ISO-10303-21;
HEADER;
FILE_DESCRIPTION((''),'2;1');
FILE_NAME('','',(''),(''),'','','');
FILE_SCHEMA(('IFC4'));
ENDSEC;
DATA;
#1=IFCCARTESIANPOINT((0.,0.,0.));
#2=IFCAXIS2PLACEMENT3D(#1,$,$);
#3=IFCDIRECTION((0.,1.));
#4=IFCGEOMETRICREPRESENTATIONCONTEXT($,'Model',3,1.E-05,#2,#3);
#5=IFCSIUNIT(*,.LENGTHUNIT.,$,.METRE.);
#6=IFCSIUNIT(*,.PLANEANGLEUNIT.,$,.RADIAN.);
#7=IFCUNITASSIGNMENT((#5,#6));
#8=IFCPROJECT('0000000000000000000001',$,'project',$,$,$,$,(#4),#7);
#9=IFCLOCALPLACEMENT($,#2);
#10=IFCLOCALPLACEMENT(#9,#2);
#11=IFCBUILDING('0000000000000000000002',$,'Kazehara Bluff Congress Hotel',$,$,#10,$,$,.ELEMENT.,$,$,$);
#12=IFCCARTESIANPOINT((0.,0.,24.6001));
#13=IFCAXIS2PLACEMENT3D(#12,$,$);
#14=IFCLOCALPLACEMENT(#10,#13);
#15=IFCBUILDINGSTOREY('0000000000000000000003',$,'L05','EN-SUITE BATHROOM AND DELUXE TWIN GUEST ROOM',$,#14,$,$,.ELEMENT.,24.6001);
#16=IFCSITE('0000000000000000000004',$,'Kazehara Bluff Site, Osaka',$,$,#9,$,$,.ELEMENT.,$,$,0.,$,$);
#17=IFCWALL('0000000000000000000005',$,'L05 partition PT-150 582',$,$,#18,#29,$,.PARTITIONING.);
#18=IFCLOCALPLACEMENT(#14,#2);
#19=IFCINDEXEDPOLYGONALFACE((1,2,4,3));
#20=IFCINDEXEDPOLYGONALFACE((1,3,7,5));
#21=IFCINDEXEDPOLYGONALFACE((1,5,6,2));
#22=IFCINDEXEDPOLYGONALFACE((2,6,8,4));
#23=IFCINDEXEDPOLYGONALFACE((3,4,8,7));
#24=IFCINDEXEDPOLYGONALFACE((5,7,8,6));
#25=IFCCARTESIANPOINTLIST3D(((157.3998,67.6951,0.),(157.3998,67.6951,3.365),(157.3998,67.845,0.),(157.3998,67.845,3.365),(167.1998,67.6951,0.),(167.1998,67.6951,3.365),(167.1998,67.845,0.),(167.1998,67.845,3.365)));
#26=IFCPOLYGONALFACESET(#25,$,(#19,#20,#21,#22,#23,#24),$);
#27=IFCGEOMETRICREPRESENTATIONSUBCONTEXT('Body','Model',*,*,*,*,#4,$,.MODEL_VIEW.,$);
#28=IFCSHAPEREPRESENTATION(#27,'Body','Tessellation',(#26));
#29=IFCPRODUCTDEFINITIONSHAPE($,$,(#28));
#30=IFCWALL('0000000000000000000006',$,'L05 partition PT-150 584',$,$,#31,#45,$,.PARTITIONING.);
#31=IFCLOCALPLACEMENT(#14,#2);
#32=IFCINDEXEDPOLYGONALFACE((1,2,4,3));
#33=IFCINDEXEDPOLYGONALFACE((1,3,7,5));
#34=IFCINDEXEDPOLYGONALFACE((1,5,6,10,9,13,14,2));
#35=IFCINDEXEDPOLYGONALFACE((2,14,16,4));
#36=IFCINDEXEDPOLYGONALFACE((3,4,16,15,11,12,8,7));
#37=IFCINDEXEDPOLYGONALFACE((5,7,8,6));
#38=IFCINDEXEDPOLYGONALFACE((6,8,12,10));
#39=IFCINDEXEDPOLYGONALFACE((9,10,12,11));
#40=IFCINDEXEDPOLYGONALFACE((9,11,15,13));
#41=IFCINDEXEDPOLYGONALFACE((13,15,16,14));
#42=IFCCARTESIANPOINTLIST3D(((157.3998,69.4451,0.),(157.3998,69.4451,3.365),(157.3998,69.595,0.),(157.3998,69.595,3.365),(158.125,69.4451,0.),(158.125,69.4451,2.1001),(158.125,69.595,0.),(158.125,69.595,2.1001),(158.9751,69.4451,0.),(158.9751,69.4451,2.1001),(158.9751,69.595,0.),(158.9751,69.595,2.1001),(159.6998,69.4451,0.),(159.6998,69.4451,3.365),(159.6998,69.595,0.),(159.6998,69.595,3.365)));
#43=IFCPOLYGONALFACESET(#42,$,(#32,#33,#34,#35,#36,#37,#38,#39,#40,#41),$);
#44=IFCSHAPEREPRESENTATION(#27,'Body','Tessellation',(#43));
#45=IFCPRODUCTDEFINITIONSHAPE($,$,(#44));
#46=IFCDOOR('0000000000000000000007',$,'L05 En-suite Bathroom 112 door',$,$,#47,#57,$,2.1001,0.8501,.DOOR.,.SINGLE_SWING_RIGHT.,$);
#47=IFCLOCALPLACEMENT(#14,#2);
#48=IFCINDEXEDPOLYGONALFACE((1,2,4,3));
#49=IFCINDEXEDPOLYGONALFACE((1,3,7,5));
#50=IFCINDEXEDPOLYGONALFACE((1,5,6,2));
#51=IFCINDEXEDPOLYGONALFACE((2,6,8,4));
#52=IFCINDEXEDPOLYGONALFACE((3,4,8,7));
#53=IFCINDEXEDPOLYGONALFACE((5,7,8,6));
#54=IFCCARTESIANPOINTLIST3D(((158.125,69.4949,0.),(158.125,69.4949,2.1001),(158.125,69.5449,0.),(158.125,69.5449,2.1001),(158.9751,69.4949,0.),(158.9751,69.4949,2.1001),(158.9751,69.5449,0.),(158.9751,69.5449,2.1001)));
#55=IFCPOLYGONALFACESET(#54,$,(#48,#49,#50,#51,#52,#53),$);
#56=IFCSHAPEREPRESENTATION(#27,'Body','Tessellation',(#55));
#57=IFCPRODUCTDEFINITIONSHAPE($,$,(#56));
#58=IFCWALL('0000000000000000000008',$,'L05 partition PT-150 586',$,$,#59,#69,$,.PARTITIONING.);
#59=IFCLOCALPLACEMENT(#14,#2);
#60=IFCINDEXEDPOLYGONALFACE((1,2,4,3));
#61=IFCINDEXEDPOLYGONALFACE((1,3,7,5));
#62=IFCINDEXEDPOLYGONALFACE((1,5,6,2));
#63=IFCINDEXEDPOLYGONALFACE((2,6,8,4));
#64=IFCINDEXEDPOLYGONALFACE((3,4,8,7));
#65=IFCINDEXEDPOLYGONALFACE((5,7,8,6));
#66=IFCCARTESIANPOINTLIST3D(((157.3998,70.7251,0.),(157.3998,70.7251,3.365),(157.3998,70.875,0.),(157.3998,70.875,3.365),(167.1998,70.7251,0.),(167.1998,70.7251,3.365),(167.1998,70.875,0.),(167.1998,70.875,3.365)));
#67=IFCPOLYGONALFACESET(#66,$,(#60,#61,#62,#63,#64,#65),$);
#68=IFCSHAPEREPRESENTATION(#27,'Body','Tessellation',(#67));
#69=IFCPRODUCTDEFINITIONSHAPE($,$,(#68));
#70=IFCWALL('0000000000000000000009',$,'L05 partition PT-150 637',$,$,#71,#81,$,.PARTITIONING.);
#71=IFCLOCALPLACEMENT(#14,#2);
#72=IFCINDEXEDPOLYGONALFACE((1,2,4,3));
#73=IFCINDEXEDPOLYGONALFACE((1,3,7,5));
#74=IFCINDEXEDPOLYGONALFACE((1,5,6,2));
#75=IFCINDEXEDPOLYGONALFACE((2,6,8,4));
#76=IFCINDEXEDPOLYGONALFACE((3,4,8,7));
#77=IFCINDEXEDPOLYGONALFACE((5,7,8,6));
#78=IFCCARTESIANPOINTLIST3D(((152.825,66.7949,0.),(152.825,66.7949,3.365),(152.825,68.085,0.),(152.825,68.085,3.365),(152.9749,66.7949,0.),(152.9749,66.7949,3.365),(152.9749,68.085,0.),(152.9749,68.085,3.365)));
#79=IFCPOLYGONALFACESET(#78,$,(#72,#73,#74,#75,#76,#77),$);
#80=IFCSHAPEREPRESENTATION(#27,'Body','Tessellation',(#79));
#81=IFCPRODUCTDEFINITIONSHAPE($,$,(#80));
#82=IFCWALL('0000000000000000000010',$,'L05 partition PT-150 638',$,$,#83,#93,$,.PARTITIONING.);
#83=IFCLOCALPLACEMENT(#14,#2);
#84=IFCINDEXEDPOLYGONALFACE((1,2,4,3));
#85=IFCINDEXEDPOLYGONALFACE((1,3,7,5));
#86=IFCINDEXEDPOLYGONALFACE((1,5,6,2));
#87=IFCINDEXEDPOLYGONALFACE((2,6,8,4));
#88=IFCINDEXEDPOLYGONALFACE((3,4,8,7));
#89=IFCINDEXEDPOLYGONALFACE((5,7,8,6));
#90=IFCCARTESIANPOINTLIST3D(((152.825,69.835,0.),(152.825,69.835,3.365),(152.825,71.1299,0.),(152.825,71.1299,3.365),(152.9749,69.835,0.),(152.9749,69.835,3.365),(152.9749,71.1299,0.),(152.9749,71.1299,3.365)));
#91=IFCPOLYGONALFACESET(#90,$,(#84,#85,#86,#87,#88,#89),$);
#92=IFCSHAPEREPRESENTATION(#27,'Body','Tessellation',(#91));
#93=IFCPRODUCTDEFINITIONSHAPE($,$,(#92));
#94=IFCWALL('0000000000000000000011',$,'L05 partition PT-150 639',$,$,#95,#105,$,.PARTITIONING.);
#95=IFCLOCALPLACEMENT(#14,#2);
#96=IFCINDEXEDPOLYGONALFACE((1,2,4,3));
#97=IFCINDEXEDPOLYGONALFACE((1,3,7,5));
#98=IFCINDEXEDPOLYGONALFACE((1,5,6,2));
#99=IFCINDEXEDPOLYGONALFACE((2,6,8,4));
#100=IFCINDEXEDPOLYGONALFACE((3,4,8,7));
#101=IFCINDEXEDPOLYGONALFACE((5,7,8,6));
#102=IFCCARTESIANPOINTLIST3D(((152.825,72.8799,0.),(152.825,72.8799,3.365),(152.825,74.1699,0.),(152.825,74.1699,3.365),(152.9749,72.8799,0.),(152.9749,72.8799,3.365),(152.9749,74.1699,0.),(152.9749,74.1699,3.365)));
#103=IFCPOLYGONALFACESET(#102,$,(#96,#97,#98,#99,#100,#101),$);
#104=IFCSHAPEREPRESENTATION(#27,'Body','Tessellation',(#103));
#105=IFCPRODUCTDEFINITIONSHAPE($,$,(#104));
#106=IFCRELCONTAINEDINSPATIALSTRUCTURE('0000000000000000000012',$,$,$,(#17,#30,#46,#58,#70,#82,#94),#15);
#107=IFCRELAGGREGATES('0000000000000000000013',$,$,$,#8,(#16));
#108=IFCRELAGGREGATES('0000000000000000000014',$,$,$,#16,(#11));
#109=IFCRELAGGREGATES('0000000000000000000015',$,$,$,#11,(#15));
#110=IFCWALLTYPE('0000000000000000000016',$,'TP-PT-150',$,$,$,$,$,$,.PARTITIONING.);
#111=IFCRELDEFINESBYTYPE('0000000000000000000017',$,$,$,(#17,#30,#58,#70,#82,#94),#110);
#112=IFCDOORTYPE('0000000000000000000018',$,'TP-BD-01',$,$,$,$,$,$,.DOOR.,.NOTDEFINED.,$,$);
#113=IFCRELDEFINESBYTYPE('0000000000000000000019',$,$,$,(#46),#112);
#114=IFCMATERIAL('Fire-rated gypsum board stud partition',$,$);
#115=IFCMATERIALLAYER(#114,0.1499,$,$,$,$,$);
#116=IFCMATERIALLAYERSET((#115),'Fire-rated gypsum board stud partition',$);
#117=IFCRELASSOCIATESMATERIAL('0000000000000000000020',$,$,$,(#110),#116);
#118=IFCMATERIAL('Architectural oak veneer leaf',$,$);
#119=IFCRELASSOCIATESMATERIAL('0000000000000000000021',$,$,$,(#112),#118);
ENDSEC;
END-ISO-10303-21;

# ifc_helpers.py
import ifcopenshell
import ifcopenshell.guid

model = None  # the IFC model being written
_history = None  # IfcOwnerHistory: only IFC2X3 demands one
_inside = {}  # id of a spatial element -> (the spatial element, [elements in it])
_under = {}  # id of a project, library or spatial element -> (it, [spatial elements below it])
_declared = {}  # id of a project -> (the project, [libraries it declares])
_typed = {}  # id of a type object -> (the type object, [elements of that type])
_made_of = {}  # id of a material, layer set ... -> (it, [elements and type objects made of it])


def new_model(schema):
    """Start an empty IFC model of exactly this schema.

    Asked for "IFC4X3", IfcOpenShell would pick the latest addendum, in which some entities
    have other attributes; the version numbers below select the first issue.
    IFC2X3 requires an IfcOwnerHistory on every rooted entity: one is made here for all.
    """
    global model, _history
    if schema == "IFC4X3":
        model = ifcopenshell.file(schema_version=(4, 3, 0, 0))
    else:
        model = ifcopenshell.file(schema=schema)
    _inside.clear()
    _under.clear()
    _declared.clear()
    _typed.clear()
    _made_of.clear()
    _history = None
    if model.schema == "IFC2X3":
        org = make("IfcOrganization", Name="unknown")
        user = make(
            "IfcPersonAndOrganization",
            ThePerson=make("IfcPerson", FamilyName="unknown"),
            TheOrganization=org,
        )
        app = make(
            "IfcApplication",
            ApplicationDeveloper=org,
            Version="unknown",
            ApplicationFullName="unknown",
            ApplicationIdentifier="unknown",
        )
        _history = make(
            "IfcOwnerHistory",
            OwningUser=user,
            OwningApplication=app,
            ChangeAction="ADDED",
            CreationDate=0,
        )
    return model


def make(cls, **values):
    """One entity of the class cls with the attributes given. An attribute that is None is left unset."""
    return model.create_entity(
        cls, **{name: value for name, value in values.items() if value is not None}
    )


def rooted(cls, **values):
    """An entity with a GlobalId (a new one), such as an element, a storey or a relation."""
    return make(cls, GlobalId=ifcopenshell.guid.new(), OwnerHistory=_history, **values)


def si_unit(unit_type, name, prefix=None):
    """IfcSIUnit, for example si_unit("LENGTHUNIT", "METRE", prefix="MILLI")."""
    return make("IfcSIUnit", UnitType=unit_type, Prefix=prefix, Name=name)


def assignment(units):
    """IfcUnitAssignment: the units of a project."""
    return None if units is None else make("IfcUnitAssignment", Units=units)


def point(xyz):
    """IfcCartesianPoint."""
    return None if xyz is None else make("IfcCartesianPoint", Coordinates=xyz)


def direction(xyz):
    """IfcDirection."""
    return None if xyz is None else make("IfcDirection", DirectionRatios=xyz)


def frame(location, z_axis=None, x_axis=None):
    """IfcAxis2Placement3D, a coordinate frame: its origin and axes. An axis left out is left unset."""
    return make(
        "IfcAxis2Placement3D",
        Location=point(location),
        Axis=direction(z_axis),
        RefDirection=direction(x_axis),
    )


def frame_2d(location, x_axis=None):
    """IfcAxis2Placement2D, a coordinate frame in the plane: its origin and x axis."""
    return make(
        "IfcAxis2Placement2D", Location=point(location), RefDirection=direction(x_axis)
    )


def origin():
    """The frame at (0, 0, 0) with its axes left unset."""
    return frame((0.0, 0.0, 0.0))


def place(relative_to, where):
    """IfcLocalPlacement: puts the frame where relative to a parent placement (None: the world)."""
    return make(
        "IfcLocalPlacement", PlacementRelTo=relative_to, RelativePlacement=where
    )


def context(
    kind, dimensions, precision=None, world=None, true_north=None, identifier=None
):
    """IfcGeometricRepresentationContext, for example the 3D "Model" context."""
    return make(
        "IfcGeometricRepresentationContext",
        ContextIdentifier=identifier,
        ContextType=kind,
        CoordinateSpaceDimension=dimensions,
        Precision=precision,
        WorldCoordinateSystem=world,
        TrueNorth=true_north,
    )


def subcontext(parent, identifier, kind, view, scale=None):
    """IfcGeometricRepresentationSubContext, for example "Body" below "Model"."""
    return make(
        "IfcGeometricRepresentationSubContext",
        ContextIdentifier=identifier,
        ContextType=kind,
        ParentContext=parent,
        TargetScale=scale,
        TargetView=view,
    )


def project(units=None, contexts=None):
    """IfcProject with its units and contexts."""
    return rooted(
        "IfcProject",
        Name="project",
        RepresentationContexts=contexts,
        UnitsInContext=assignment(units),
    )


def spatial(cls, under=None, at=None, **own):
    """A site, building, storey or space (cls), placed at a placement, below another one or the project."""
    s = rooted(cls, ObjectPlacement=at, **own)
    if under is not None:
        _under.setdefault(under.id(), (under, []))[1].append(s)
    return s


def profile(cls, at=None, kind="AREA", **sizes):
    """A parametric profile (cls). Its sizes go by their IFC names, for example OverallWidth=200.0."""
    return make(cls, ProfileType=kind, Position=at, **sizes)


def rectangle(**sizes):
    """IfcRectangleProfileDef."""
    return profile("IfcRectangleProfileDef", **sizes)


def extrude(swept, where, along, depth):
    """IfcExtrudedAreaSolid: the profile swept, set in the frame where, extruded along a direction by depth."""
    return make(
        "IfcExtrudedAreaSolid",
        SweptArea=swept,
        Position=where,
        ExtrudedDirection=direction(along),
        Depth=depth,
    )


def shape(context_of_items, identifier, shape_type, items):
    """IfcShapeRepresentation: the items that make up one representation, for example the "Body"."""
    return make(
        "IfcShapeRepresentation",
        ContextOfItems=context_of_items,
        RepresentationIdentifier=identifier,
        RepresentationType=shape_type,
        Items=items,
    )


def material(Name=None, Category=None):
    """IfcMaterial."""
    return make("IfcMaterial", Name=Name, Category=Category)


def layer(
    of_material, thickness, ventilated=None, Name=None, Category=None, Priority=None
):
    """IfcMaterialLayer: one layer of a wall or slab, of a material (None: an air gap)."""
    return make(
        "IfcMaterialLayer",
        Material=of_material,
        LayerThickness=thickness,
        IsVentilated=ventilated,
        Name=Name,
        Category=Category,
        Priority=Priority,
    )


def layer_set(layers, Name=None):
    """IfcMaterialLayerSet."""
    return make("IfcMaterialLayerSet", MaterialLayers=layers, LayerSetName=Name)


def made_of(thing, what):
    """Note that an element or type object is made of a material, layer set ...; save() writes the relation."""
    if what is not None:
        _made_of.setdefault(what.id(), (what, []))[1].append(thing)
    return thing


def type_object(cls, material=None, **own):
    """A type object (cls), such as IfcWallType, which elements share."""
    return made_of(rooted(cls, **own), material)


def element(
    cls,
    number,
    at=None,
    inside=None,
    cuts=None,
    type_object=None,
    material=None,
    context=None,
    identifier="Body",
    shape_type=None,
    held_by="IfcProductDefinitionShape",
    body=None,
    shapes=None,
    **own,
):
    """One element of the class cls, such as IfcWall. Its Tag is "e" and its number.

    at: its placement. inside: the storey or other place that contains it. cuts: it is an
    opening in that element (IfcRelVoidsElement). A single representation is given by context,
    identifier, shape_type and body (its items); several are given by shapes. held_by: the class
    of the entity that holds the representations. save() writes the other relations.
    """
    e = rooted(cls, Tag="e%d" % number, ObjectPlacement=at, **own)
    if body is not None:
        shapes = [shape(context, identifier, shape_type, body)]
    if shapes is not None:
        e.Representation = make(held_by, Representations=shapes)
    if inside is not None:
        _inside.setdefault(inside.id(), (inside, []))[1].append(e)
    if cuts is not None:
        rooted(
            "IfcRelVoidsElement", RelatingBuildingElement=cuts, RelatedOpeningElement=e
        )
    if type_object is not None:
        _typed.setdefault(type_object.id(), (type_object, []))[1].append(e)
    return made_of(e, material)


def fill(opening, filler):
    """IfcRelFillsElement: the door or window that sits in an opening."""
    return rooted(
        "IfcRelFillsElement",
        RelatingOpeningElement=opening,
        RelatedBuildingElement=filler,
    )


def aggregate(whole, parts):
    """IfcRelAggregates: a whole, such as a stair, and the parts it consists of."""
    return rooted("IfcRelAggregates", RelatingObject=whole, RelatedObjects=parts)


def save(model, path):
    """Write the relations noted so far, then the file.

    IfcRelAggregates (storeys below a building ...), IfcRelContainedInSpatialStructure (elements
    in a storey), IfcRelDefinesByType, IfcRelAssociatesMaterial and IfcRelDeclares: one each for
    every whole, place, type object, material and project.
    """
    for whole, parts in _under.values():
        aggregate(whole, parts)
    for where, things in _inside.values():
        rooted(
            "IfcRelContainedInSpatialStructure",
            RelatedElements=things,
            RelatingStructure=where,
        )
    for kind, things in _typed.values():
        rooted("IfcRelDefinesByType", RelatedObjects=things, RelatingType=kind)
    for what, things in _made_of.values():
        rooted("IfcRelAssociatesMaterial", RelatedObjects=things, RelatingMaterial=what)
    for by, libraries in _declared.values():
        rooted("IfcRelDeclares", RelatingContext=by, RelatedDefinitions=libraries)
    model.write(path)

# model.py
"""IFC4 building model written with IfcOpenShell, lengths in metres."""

from ifc_helpers import new_model, si_unit, direction, frame, frame_2d, origin, place, context, subcontext, project, spatial, rectangle, extrude, material, layer, layer_set, type_object, element, fill, save


model = new_model("IFC4")

# Units and contexts
model_context = context("Model", 3, precision=1e-05, world=origin(), true_north=direction((0.0, 1.0)))
body_context = subcontext(model_context, "Body", "Model", "MODEL_VIEW")
ifc_project = project(units=[si_unit("LENGTHUNIT", "METRE"), si_unit("PLANEANGLEUNIT", "RADIAN")], contexts=[model_context])

# Site, building, storey
site_placement = place(None, origin())
site = spatial("IfcSite", under=ifc_project, at=site_placement, Name="Kazehara Bluff Site, Osaka", CompositionType="ELEMENT", RefElevation=0.0)
building_placement = place(site_placement, origin())
building = spatial("IfcBuilding", under=site, at=building_placement, Name="Kazehara Bluff Congress Hotel", CompositionType="ELEMENT")
storey_placement = place(building_placement, frame((0.0, 0.0, 24.6001)))
storey = spatial("IfcBuildingStorey", under=building, at=storey_placement, Name="L05", Description="EN-SUITE BATHROOM AND DELUXE TWIN GUEST ROOM", CompositionType="ELEMENT", Elevation=24.6001)

# Wall
ifc_material_1 = material(Name="Fire-rated gypsum board stud partition")
ifc_layer = layer(ifc_material_1, 0.1499)
ifc_layer_set = layer_set([ifc_layer], Name="Fire-rated gypsum board stud partition")
wall_type = type_object("IfcWallType", Name="TP-PT-150", PredefinedType="PARTITIONING", material=ifc_layer_set)
wall_1_placement = place(storey_placement, frame((157.3999, 67.77, 0.0), z_axis=(0.0, 0.0, 1.0), x_axis=(1.0, 0.0, 0.0)))
element("IfcWall", 1, at=wall_1_placement, inside=storey, type_object=wall_type, Name="L05 partition PT-150 582", PredefinedType="PARTITIONING", context=body_context, shape_type="SweptSolid", body=[
    extrude(rectangle(XDim=9.8, YDim=0.1499, at=frame_2d((4.8999, 0.0))), origin(), (0.0, 0.0, 1.0), 3.365),
])

# Wall, opening, door
wall_2_placement = place(storey_placement, frame((157.3999, 69.52, 0.0), z_axis=(0.0, 0.0, 1.0), x_axis=(1.0, 0.0, 0.0)))
wall_2 = element("IfcWall", 2, at=wall_2_placement, inside=storey, type_object=wall_type, Name="L05 partition PT-150 584", PredefinedType="PARTITIONING", context=body_context, shape_type="SweptSolid", body=[
    extrude(rectangle(XDim=2.3, YDim=0.1499, at=frame_2d((1.1499, 0.0))), origin(), (0.0, 0.0, 1.0), 3.365),
])
opening_placement = place(wall_2_placement, frame((0.7251, 0.0, 0.0)))
opening = element("IfcOpeningElement", 3, at=opening_placement, cuts=wall_2, PredefinedType="OPENING", context=body_context, shape_type="SweptSolid", body=[
    extrude(rectangle(XDim=0.8501, YDim=2.1001, at=frame_2d((0.425, 1.05))), frame((0.0, 0.085, 0.0), z_axis=(0.0, -1.0, 0.0), x_axis=(1.0, 0.0, 0.0)), (0.0, 0.0, 1.0), 0.1699),
])
ifc_material_2 = material(Name="Architectural oak veneer leaf")
door_type = type_object("IfcDoorType", Name="TP-BD-01", OperationType="NOTDEFINED", PredefinedType="DOOR", material=ifc_material_2)
door_placement = place(opening_placement, origin())
door = element("IfcDoor", 4, at=door_placement, inside=storey, type_object=door_type, Name="L05 En-suite Bathroom 112 door", OperationType="SINGLE_SWING_RIGHT", OverallHeight=2.1001, OverallWidth=0.8501, PredefinedType="DOOR", context=body_context, shape_type="SweptSolid", body=[
    extrude(rectangle(XDim=0.8501, YDim=2.1001, at=frame_2d((0.425, 1.05))), frame((0.0, 0.0249, 0.0), z_axis=(0.0, -1.0, 0.0), x_axis=(1.0, 0.0, 0.0)), (0.0, 0.0, 1.0), 0.05),
])
fill(opening, door)

# Walls
wall_3_placement = place(storey_placement, frame((157.3999, 70.8, 0.0), z_axis=(0.0, 0.0, 1.0), x_axis=(1.0, 0.0, 0.0)))
element("IfcWall", 5, at=wall_3_placement, inside=storey, type_object=wall_type, Name="L05 partition PT-150 586", PredefinedType="PARTITIONING", context=body_context, shape_type="SweptSolid", body=[
    extrude(rectangle(XDim=9.8, YDim=0.1499, at=frame_2d((4.8999, 0.0))), origin(), (0.0, 0.0, 1.0), 3.365),
])
wall_4_placement = place(storey_placement, frame((152.8999, 66.7949, 0.0), z_axis=(0.0, 0.0, 1.0), x_axis=(0.0, 1.0, 0.0)))
element("IfcWall", 6, at=wall_4_placement, inside=storey, type_object=wall_type, Name="L05 partition PT-150 637", PredefinedType="PARTITIONING", context=body_context, shape_type="SweptSolid", body=[
    extrude(rectangle(XDim=1.29, YDim=0.1499, at=frame_2d((0.645, 0.0))), origin(), (0.0, 0.0, 1.0), 3.365),
])
wall_5_placement = place(storey_placement, frame((152.8999, 69.835, 0.0), z_axis=(0.0, 0.0, 1.0), x_axis=(0.0, 1.0, 0.0)))
element("IfcWall", 7, at=wall_5_placement, inside=storey, type_object=wall_type, Name="L05 partition PT-150 638", PredefinedType="PARTITIONING", context=body_context, shape_type="SweptSolid", body=[
    extrude(rectangle(XDim=1.2949, YDim=0.1499, at=frame_2d((0.6475, 0.0))), origin(), (0.0, 0.0, 1.0), 3.365),
])
wall_6_placement = place(storey_placement, frame((152.8999, 72.8799, 0.0), z_axis=(0.0, 0.0, 1.0), x_axis=(0.0, 1.0, 0.0)))
element("IfcWall", 8, at=wall_6_placement, inside=storey, type_object=wall_type, Name="L05 partition PT-150 639", PredefinedType="PARTITIONING", context=body_context, shape_type="SweptSolid", body=[
    extrude(rectangle(XDim=1.29, YDim=0.1499, at=frame_2d((0.645, 0.0))), origin(), (0.0, 0.0, 1.0), 3.365),
])

save(model, "model.ifc")
